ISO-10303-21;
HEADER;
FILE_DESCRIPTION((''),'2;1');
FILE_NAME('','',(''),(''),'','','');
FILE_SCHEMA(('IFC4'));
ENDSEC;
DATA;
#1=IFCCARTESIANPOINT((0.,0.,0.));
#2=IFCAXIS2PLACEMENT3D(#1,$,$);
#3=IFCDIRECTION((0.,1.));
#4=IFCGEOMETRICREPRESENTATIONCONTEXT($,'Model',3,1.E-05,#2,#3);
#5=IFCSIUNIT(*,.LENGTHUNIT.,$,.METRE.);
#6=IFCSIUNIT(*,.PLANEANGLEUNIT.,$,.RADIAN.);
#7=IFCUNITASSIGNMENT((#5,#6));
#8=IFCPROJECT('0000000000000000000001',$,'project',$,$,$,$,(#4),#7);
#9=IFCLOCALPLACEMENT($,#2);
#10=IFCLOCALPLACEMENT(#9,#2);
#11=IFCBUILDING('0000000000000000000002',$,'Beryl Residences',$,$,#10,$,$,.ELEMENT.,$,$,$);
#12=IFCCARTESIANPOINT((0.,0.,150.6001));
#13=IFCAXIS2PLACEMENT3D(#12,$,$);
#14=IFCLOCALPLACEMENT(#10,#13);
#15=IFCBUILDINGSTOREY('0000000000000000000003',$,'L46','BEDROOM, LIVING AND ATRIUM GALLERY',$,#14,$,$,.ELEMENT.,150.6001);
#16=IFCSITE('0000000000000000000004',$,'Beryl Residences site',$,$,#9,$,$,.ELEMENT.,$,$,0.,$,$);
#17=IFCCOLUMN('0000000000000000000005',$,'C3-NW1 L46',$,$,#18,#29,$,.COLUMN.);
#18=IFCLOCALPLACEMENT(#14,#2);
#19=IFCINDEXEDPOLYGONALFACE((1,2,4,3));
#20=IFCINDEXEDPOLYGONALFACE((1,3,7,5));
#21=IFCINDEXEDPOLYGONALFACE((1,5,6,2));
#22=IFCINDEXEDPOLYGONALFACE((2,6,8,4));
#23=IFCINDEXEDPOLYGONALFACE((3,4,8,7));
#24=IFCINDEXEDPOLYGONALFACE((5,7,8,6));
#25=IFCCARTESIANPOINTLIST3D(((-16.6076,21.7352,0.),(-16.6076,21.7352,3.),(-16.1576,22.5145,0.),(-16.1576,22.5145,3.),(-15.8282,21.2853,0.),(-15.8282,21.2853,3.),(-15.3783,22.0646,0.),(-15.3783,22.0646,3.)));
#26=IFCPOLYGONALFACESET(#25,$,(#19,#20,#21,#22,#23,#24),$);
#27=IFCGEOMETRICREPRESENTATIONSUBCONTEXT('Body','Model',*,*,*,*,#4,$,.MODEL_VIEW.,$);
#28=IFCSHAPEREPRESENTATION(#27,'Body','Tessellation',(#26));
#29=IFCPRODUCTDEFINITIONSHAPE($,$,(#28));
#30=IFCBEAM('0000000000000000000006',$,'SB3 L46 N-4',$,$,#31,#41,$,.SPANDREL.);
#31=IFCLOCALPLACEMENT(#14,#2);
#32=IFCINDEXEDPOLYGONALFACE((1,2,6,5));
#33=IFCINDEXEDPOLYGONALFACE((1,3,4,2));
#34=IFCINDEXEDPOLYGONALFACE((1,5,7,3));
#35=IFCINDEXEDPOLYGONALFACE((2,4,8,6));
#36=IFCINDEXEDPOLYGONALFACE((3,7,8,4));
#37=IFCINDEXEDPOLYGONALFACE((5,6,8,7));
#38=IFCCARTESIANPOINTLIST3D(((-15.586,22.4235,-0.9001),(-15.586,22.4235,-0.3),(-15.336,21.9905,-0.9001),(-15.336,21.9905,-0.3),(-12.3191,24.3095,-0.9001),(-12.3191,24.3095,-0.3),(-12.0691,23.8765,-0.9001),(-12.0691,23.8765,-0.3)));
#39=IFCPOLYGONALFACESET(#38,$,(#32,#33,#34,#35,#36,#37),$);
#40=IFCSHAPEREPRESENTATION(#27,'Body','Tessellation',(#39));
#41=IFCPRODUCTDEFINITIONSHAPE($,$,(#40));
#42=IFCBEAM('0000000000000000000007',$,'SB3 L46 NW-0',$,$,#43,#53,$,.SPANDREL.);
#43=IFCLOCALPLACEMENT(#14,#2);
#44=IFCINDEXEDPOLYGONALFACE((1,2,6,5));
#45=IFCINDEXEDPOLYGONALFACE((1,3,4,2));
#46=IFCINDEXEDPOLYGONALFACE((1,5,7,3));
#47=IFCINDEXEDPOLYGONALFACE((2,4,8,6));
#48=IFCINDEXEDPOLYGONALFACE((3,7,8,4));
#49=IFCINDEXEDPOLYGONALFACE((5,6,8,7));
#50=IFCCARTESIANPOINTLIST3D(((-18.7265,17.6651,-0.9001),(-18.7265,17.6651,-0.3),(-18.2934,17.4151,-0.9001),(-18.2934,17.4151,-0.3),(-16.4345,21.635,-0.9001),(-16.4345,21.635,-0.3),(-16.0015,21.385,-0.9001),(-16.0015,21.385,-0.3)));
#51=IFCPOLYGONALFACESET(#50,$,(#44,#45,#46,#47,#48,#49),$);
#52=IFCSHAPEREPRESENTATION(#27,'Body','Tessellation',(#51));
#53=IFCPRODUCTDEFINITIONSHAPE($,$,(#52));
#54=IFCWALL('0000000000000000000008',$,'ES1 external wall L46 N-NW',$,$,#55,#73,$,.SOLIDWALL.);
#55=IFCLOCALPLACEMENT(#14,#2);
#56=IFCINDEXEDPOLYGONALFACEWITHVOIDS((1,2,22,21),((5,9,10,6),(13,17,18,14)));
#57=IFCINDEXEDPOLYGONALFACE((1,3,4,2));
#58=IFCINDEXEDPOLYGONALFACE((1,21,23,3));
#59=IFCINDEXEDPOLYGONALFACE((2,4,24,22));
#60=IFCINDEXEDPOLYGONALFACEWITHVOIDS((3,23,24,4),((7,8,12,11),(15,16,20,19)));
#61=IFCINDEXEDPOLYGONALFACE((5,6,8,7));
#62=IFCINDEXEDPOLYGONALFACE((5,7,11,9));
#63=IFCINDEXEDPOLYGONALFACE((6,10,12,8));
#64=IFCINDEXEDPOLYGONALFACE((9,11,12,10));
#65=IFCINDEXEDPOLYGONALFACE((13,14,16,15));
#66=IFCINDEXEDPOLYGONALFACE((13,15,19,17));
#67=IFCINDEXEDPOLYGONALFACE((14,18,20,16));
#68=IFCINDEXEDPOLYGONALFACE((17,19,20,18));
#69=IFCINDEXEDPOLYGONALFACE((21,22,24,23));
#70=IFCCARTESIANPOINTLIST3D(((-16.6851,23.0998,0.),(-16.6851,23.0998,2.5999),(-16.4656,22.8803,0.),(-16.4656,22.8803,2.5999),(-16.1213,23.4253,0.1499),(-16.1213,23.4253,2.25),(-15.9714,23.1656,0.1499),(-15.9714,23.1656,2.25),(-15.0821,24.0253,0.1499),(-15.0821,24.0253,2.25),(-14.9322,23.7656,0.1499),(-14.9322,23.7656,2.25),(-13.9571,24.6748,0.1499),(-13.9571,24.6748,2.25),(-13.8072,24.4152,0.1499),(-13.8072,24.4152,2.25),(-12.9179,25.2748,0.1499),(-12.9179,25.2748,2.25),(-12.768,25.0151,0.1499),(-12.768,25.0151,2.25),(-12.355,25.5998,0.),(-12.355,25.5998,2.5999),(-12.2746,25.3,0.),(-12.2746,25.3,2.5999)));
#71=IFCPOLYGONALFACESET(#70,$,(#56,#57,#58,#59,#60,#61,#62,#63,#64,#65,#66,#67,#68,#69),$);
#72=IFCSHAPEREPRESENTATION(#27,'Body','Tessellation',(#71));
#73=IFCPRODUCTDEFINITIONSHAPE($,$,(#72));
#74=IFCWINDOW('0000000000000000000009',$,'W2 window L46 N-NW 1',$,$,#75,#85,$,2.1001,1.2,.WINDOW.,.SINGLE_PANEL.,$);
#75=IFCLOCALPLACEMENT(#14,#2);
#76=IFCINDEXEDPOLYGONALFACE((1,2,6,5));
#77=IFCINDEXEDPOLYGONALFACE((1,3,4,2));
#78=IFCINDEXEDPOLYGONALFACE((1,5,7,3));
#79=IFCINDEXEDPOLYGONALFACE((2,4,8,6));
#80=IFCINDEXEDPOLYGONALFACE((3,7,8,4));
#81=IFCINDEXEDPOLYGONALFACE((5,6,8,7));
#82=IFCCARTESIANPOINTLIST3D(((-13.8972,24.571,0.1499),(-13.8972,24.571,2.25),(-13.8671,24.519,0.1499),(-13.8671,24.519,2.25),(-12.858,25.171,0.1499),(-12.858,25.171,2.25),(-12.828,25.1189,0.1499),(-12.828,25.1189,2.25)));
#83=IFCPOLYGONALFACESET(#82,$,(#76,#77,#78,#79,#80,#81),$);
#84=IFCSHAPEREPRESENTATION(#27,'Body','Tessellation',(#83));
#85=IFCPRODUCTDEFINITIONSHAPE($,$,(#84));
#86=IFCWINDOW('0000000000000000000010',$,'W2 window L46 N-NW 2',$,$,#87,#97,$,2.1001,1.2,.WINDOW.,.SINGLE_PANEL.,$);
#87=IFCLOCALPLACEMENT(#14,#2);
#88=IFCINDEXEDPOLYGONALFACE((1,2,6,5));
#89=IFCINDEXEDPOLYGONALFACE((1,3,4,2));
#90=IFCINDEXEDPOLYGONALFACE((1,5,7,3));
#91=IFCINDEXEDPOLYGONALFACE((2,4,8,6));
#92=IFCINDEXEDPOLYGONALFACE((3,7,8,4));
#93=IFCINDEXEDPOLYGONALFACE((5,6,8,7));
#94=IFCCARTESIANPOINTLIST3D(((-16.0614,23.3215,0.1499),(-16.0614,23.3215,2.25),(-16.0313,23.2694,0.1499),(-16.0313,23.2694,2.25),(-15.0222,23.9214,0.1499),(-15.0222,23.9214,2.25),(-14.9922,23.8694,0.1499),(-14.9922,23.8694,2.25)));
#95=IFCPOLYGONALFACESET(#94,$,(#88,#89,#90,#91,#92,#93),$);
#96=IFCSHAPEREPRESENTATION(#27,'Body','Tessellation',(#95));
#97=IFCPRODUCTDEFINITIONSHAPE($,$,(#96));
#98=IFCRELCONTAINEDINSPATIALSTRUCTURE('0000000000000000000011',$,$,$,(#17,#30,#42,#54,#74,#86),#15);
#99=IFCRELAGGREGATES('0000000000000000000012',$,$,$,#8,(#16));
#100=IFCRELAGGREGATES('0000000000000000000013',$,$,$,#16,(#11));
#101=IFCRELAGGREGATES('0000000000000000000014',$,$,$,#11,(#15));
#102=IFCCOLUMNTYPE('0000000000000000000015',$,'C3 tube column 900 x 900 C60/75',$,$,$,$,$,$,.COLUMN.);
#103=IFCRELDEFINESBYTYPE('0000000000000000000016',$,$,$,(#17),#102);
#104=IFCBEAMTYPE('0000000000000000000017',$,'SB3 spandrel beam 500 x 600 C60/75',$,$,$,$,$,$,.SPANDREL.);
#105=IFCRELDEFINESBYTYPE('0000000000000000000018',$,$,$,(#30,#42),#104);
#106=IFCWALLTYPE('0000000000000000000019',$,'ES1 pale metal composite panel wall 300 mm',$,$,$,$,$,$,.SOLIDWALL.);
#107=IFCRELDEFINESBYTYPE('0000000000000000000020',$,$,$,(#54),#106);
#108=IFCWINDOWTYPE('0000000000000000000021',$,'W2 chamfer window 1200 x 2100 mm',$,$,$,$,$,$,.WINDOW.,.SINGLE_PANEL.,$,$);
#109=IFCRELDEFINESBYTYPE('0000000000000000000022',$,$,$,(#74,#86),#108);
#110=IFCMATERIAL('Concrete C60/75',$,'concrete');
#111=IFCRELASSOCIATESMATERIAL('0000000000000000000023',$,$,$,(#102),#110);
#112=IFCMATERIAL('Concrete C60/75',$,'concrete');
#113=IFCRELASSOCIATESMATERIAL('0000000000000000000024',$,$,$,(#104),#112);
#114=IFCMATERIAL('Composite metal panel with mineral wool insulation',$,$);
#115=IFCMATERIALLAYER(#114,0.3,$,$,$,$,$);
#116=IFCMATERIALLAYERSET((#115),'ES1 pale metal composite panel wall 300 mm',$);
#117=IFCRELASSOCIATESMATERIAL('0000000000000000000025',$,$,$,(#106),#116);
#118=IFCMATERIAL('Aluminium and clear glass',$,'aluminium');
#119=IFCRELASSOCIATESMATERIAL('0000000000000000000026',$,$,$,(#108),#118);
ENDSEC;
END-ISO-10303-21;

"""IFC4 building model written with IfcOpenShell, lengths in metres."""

from ifc_helpers import new_model, si_unit, direction, frame, frame_2d, origin, origin_2d, place, context, subcontext, project, spatial, polyline, rectangle, outline, extrude, material, layer, layer_set, material_profile, profile_set, type_object, element, fill, save


model = new_model("IFC4")

# Units and contexts
model_context = context("Model", 3, precision=1e-05, world=origin(), true_north=direction((0.0, 1.0)))
body_context = subcontext(model_context, "Body", "Model", "MODEL_VIEW")
ifc_project = project(units=[si_unit("LENGTHUNIT", "METRE"), si_unit("PLANEANGLEUNIT", "RADIAN")], contexts=[model_context])

# Site, building, storey
site_placement = place(None, origin())
site = spatial("IfcSite", under=ifc_project, at=site_placement, Name="Beryl Residences site", CompositionType="ELEMENT", RefElevation=0.0)
building_placement = place(site_placement, origin())
building = spatial("IfcBuilding", under=site, at=building_placement, Name="Beryl Residences", CompositionType="ELEMENT")
storey_placement = place(building_placement, frame((0.0, 0.0, 150.6001)))
storey = spatial("IfcBuildingStorey", under=building, at=storey_placement, Name="L46", Description="BEDROOM, LIVING AND ATRIUM GALLERY", CompositionType="ELEMENT", Elevation=150.6001)

# Column
ifc_material_1 = material(Name="Concrete C60/75", Category="concrete")
ifc_material_profile_1 = material_profile(ifc_material_1, rectangle(XDim=0.8999, YDim=0.8999, at=origin_2d()))
ifc_profile_set_1 = profile_set([ifc_material_profile_1], Name="Concrete C60/75")
column_type = type_object("IfcColumnType", Name="C3 tube column 900 x 900 C60/75", PredefinedType="COLUMN", material=ifc_profile_set_1)
column_placement = place(storey_placement, frame((-15.9929, 21.8999, 0.0), z_axis=(0.0, 0.0, 1.0), x_axis=(-0.5, -0.866025, 0.0)))
element("IfcColumn", 1, at=column_placement, inside=storey, type_object=column_type, Name="C3-NW1 L46", PredefinedType="COLUMN", context=body_context, shape_type="SweptSolid", body=[
    extrude(rectangle(XDim=0.8999, YDim=0.8999, at=origin_2d()), origin(), (0.0, 0.0, 1.0), 3.0),
])

# Beams
ifc_material_2 = material(Name="Concrete C60/75", Category="concrete")
ifc_material_profile_2 = material_profile(ifc_material_2, rectangle(XDim=0.5, YDim=0.6001, at=origin_2d()))
ifc_profile_set_2 = profile_set([ifc_material_profile_2], Name="Concrete C60/75")
beam_type = type_object("IfcBeamType", Name="SB3 spandrel beam 500 x 600 C60/75", PredefinedType="SPANDREL", material=ifc_profile_set_2)
beam_1_placement = place(storey_placement, frame((-12.1941, 24.093, -0.6001), z_axis=(-0.86604, -0.499975, 0.0), x_axis=(0.499975, -0.86604, 0.0)))
element("IfcBeam", 2, at=beam_1_placement, inside=storey, type_object=beam_type, Name="SB3 L46 N-4", PredefinedType="SPANDREL", context=body_context, shape_type="SweptSolid", body=[
    extrude(rectangle(XDim=0.5, YDim=0.6001, at=origin_2d()), origin(), (0.0, 0.0, 1.0), 3.7722),
])
beam_2_placement = place(storey_placement, frame((-16.218, 21.51, -0.6001), z_axis=(-0.499988, -0.866032, 0.0), x_axis=(0.866032, -0.499988, 0.0)))
element("IfcBeam", 3, at=beam_2_placement, inside=storey, type_object=beam_type, Name="SB3 L46 NW-0", PredefinedType="SPANDREL", context=body_context, shape_type="SweptSolid", body=[
    extrude(rectangle(XDim=0.5, YDim=0.6001, at=origin_2d()), origin(), (0.0, 0.0, 1.0), 4.584),
])

# Wall, openings, windows
ifc_material_3 = material(Name="Composite metal panel with mineral wool insulation")
ifc_layer_1 = layer(ifc_material_3, 0.3)
ifc_layer_set_1 = layer_set([ifc_layer_1], Name="ES1 pale metal composite panel wall 300 mm")
wall_type_1 = type_object("IfcWallType", Name="ES1 pale metal composite panel wall 300 mm", PredefinedType="SOLIDWALL", material=ifc_layer_set_1)
wall_1_placement = place(storey_placement, frame((-12.28, 25.47, 0.0), z_axis=(0.0, 0.0, 1.0), x_axis=(-0.866023, -0.500004, 0.0)))
wall_1 = element("IfcWall", 4, at=wall_1_placement, inside=storey, type_object=wall_type_1, Name="ES1 external wall L46 N-NW", PredefinedType="SOLIDWALL", context=body_context, shape_type="SweptSolid", body=[
    extrude(outline(polyline([(0.0, -0.1499), (5.0, -0.1499), (4.9197, 0.1499), (0.0803, 0.1499), (0.0, -0.1499)])), origin(), (0.0, 0.0, 1.0), 2.5999),
])
opening_1_placement = place(wall_1_placement, frame((0.6499, 0.0, 0.1499)))
opening_1 = element("IfcOpeningElement", 5, at=opening_1_placement, cuts=wall_1, PredefinedType="OPENING", context=body_context, shape_type="SweptSolid", body=[
    extrude(rectangle(XDim=1.2, YDim=2.1001, at=frame_2d((0.6001, 1.05))), frame((0.0, 0.1599, 0.0), z_axis=(0.0, -1.0, 0.0), x_axis=(1.0, 0.0, 0.0)), (0.0, 0.0, 1.0), 0.3201),
])
opening_2_placement = place(wall_1_placement, frame((3.1489, 0.0, 0.1499)))
opening_2 = element("IfcOpeningElement", 6, at=opening_2_placement, cuts=wall_1, PredefinedType="OPENING", context=body_context, shape_type="SweptSolid", body=[
    extrude(rectangle(XDim=1.2, YDim=2.1001, at=frame_2d((0.6001, 1.05))), frame((0.0, 0.1599, 0.0), z_axis=(0.0, -1.0, 0.0), x_axis=(1.0, 0.0, 0.0)), (0.0, 0.0, 1.0), 0.3201),
])
ifc_material_4 = material(Name="Aluminium and clear glass", Category="aluminium")
window_type_1 = type_object("IfcWindowType", Name="W2 chamfer window 1200 x 2100 mm", PartitioningType="SINGLE_PANEL", PredefinedType="WINDOW", material=ifc_material_4)
window_1_placement = place(opening_1_placement, origin())
window_1 = element("IfcWindow", 7, at=window_1_placement, inside=storey, type_object=window_type_1, Name="W2 window L46 N-NW 1", OverallHeight=2.1001, OverallWidth=1.2, PartitioningType="SINGLE_PANEL", PredefinedType="WINDOW", context=body_context, shape_type="SweptSolid", body=[
    extrude(rectangle(XDim=1.2, YDim=2.1001, at=frame_2d((0.6001, 1.05))), frame((0.0, 0.03, 0.0), z_axis=(0.0, -1.0, 0.0), x_axis=(1.0, 0.0, 0.0)), (0.0, 0.0, 1.0), 0.0601),
])
fill(opening_1, window_1)
window_2_placement = place(opening_2_placement, origin())
window_2 = element("IfcWindow", 8, at=window_2_placement, inside=storey, type_object=window_type_1, Name="W2 window L46 N-NW 2", OverallHeight=2.1001, OverallWidth=1.2, PartitioningType="SINGLE_PANEL", PredefinedType="WINDOW", context=body_context, shape_type="SweptSolid", body=[
    extrude(rectangle(XDim=1.2, YDim=2.1001, at=frame_2d((0.6001, 1.05))), frame((0.0, 0.03, 0.0), z_axis=(0.0, -1.0, 0.0), x_axis=(1.0, 0.0, 0.0)), (0.0, 0.0, 1.0), 0.0601),
])
fill(opening_2, window_2)

save(model, "model.ifc")
